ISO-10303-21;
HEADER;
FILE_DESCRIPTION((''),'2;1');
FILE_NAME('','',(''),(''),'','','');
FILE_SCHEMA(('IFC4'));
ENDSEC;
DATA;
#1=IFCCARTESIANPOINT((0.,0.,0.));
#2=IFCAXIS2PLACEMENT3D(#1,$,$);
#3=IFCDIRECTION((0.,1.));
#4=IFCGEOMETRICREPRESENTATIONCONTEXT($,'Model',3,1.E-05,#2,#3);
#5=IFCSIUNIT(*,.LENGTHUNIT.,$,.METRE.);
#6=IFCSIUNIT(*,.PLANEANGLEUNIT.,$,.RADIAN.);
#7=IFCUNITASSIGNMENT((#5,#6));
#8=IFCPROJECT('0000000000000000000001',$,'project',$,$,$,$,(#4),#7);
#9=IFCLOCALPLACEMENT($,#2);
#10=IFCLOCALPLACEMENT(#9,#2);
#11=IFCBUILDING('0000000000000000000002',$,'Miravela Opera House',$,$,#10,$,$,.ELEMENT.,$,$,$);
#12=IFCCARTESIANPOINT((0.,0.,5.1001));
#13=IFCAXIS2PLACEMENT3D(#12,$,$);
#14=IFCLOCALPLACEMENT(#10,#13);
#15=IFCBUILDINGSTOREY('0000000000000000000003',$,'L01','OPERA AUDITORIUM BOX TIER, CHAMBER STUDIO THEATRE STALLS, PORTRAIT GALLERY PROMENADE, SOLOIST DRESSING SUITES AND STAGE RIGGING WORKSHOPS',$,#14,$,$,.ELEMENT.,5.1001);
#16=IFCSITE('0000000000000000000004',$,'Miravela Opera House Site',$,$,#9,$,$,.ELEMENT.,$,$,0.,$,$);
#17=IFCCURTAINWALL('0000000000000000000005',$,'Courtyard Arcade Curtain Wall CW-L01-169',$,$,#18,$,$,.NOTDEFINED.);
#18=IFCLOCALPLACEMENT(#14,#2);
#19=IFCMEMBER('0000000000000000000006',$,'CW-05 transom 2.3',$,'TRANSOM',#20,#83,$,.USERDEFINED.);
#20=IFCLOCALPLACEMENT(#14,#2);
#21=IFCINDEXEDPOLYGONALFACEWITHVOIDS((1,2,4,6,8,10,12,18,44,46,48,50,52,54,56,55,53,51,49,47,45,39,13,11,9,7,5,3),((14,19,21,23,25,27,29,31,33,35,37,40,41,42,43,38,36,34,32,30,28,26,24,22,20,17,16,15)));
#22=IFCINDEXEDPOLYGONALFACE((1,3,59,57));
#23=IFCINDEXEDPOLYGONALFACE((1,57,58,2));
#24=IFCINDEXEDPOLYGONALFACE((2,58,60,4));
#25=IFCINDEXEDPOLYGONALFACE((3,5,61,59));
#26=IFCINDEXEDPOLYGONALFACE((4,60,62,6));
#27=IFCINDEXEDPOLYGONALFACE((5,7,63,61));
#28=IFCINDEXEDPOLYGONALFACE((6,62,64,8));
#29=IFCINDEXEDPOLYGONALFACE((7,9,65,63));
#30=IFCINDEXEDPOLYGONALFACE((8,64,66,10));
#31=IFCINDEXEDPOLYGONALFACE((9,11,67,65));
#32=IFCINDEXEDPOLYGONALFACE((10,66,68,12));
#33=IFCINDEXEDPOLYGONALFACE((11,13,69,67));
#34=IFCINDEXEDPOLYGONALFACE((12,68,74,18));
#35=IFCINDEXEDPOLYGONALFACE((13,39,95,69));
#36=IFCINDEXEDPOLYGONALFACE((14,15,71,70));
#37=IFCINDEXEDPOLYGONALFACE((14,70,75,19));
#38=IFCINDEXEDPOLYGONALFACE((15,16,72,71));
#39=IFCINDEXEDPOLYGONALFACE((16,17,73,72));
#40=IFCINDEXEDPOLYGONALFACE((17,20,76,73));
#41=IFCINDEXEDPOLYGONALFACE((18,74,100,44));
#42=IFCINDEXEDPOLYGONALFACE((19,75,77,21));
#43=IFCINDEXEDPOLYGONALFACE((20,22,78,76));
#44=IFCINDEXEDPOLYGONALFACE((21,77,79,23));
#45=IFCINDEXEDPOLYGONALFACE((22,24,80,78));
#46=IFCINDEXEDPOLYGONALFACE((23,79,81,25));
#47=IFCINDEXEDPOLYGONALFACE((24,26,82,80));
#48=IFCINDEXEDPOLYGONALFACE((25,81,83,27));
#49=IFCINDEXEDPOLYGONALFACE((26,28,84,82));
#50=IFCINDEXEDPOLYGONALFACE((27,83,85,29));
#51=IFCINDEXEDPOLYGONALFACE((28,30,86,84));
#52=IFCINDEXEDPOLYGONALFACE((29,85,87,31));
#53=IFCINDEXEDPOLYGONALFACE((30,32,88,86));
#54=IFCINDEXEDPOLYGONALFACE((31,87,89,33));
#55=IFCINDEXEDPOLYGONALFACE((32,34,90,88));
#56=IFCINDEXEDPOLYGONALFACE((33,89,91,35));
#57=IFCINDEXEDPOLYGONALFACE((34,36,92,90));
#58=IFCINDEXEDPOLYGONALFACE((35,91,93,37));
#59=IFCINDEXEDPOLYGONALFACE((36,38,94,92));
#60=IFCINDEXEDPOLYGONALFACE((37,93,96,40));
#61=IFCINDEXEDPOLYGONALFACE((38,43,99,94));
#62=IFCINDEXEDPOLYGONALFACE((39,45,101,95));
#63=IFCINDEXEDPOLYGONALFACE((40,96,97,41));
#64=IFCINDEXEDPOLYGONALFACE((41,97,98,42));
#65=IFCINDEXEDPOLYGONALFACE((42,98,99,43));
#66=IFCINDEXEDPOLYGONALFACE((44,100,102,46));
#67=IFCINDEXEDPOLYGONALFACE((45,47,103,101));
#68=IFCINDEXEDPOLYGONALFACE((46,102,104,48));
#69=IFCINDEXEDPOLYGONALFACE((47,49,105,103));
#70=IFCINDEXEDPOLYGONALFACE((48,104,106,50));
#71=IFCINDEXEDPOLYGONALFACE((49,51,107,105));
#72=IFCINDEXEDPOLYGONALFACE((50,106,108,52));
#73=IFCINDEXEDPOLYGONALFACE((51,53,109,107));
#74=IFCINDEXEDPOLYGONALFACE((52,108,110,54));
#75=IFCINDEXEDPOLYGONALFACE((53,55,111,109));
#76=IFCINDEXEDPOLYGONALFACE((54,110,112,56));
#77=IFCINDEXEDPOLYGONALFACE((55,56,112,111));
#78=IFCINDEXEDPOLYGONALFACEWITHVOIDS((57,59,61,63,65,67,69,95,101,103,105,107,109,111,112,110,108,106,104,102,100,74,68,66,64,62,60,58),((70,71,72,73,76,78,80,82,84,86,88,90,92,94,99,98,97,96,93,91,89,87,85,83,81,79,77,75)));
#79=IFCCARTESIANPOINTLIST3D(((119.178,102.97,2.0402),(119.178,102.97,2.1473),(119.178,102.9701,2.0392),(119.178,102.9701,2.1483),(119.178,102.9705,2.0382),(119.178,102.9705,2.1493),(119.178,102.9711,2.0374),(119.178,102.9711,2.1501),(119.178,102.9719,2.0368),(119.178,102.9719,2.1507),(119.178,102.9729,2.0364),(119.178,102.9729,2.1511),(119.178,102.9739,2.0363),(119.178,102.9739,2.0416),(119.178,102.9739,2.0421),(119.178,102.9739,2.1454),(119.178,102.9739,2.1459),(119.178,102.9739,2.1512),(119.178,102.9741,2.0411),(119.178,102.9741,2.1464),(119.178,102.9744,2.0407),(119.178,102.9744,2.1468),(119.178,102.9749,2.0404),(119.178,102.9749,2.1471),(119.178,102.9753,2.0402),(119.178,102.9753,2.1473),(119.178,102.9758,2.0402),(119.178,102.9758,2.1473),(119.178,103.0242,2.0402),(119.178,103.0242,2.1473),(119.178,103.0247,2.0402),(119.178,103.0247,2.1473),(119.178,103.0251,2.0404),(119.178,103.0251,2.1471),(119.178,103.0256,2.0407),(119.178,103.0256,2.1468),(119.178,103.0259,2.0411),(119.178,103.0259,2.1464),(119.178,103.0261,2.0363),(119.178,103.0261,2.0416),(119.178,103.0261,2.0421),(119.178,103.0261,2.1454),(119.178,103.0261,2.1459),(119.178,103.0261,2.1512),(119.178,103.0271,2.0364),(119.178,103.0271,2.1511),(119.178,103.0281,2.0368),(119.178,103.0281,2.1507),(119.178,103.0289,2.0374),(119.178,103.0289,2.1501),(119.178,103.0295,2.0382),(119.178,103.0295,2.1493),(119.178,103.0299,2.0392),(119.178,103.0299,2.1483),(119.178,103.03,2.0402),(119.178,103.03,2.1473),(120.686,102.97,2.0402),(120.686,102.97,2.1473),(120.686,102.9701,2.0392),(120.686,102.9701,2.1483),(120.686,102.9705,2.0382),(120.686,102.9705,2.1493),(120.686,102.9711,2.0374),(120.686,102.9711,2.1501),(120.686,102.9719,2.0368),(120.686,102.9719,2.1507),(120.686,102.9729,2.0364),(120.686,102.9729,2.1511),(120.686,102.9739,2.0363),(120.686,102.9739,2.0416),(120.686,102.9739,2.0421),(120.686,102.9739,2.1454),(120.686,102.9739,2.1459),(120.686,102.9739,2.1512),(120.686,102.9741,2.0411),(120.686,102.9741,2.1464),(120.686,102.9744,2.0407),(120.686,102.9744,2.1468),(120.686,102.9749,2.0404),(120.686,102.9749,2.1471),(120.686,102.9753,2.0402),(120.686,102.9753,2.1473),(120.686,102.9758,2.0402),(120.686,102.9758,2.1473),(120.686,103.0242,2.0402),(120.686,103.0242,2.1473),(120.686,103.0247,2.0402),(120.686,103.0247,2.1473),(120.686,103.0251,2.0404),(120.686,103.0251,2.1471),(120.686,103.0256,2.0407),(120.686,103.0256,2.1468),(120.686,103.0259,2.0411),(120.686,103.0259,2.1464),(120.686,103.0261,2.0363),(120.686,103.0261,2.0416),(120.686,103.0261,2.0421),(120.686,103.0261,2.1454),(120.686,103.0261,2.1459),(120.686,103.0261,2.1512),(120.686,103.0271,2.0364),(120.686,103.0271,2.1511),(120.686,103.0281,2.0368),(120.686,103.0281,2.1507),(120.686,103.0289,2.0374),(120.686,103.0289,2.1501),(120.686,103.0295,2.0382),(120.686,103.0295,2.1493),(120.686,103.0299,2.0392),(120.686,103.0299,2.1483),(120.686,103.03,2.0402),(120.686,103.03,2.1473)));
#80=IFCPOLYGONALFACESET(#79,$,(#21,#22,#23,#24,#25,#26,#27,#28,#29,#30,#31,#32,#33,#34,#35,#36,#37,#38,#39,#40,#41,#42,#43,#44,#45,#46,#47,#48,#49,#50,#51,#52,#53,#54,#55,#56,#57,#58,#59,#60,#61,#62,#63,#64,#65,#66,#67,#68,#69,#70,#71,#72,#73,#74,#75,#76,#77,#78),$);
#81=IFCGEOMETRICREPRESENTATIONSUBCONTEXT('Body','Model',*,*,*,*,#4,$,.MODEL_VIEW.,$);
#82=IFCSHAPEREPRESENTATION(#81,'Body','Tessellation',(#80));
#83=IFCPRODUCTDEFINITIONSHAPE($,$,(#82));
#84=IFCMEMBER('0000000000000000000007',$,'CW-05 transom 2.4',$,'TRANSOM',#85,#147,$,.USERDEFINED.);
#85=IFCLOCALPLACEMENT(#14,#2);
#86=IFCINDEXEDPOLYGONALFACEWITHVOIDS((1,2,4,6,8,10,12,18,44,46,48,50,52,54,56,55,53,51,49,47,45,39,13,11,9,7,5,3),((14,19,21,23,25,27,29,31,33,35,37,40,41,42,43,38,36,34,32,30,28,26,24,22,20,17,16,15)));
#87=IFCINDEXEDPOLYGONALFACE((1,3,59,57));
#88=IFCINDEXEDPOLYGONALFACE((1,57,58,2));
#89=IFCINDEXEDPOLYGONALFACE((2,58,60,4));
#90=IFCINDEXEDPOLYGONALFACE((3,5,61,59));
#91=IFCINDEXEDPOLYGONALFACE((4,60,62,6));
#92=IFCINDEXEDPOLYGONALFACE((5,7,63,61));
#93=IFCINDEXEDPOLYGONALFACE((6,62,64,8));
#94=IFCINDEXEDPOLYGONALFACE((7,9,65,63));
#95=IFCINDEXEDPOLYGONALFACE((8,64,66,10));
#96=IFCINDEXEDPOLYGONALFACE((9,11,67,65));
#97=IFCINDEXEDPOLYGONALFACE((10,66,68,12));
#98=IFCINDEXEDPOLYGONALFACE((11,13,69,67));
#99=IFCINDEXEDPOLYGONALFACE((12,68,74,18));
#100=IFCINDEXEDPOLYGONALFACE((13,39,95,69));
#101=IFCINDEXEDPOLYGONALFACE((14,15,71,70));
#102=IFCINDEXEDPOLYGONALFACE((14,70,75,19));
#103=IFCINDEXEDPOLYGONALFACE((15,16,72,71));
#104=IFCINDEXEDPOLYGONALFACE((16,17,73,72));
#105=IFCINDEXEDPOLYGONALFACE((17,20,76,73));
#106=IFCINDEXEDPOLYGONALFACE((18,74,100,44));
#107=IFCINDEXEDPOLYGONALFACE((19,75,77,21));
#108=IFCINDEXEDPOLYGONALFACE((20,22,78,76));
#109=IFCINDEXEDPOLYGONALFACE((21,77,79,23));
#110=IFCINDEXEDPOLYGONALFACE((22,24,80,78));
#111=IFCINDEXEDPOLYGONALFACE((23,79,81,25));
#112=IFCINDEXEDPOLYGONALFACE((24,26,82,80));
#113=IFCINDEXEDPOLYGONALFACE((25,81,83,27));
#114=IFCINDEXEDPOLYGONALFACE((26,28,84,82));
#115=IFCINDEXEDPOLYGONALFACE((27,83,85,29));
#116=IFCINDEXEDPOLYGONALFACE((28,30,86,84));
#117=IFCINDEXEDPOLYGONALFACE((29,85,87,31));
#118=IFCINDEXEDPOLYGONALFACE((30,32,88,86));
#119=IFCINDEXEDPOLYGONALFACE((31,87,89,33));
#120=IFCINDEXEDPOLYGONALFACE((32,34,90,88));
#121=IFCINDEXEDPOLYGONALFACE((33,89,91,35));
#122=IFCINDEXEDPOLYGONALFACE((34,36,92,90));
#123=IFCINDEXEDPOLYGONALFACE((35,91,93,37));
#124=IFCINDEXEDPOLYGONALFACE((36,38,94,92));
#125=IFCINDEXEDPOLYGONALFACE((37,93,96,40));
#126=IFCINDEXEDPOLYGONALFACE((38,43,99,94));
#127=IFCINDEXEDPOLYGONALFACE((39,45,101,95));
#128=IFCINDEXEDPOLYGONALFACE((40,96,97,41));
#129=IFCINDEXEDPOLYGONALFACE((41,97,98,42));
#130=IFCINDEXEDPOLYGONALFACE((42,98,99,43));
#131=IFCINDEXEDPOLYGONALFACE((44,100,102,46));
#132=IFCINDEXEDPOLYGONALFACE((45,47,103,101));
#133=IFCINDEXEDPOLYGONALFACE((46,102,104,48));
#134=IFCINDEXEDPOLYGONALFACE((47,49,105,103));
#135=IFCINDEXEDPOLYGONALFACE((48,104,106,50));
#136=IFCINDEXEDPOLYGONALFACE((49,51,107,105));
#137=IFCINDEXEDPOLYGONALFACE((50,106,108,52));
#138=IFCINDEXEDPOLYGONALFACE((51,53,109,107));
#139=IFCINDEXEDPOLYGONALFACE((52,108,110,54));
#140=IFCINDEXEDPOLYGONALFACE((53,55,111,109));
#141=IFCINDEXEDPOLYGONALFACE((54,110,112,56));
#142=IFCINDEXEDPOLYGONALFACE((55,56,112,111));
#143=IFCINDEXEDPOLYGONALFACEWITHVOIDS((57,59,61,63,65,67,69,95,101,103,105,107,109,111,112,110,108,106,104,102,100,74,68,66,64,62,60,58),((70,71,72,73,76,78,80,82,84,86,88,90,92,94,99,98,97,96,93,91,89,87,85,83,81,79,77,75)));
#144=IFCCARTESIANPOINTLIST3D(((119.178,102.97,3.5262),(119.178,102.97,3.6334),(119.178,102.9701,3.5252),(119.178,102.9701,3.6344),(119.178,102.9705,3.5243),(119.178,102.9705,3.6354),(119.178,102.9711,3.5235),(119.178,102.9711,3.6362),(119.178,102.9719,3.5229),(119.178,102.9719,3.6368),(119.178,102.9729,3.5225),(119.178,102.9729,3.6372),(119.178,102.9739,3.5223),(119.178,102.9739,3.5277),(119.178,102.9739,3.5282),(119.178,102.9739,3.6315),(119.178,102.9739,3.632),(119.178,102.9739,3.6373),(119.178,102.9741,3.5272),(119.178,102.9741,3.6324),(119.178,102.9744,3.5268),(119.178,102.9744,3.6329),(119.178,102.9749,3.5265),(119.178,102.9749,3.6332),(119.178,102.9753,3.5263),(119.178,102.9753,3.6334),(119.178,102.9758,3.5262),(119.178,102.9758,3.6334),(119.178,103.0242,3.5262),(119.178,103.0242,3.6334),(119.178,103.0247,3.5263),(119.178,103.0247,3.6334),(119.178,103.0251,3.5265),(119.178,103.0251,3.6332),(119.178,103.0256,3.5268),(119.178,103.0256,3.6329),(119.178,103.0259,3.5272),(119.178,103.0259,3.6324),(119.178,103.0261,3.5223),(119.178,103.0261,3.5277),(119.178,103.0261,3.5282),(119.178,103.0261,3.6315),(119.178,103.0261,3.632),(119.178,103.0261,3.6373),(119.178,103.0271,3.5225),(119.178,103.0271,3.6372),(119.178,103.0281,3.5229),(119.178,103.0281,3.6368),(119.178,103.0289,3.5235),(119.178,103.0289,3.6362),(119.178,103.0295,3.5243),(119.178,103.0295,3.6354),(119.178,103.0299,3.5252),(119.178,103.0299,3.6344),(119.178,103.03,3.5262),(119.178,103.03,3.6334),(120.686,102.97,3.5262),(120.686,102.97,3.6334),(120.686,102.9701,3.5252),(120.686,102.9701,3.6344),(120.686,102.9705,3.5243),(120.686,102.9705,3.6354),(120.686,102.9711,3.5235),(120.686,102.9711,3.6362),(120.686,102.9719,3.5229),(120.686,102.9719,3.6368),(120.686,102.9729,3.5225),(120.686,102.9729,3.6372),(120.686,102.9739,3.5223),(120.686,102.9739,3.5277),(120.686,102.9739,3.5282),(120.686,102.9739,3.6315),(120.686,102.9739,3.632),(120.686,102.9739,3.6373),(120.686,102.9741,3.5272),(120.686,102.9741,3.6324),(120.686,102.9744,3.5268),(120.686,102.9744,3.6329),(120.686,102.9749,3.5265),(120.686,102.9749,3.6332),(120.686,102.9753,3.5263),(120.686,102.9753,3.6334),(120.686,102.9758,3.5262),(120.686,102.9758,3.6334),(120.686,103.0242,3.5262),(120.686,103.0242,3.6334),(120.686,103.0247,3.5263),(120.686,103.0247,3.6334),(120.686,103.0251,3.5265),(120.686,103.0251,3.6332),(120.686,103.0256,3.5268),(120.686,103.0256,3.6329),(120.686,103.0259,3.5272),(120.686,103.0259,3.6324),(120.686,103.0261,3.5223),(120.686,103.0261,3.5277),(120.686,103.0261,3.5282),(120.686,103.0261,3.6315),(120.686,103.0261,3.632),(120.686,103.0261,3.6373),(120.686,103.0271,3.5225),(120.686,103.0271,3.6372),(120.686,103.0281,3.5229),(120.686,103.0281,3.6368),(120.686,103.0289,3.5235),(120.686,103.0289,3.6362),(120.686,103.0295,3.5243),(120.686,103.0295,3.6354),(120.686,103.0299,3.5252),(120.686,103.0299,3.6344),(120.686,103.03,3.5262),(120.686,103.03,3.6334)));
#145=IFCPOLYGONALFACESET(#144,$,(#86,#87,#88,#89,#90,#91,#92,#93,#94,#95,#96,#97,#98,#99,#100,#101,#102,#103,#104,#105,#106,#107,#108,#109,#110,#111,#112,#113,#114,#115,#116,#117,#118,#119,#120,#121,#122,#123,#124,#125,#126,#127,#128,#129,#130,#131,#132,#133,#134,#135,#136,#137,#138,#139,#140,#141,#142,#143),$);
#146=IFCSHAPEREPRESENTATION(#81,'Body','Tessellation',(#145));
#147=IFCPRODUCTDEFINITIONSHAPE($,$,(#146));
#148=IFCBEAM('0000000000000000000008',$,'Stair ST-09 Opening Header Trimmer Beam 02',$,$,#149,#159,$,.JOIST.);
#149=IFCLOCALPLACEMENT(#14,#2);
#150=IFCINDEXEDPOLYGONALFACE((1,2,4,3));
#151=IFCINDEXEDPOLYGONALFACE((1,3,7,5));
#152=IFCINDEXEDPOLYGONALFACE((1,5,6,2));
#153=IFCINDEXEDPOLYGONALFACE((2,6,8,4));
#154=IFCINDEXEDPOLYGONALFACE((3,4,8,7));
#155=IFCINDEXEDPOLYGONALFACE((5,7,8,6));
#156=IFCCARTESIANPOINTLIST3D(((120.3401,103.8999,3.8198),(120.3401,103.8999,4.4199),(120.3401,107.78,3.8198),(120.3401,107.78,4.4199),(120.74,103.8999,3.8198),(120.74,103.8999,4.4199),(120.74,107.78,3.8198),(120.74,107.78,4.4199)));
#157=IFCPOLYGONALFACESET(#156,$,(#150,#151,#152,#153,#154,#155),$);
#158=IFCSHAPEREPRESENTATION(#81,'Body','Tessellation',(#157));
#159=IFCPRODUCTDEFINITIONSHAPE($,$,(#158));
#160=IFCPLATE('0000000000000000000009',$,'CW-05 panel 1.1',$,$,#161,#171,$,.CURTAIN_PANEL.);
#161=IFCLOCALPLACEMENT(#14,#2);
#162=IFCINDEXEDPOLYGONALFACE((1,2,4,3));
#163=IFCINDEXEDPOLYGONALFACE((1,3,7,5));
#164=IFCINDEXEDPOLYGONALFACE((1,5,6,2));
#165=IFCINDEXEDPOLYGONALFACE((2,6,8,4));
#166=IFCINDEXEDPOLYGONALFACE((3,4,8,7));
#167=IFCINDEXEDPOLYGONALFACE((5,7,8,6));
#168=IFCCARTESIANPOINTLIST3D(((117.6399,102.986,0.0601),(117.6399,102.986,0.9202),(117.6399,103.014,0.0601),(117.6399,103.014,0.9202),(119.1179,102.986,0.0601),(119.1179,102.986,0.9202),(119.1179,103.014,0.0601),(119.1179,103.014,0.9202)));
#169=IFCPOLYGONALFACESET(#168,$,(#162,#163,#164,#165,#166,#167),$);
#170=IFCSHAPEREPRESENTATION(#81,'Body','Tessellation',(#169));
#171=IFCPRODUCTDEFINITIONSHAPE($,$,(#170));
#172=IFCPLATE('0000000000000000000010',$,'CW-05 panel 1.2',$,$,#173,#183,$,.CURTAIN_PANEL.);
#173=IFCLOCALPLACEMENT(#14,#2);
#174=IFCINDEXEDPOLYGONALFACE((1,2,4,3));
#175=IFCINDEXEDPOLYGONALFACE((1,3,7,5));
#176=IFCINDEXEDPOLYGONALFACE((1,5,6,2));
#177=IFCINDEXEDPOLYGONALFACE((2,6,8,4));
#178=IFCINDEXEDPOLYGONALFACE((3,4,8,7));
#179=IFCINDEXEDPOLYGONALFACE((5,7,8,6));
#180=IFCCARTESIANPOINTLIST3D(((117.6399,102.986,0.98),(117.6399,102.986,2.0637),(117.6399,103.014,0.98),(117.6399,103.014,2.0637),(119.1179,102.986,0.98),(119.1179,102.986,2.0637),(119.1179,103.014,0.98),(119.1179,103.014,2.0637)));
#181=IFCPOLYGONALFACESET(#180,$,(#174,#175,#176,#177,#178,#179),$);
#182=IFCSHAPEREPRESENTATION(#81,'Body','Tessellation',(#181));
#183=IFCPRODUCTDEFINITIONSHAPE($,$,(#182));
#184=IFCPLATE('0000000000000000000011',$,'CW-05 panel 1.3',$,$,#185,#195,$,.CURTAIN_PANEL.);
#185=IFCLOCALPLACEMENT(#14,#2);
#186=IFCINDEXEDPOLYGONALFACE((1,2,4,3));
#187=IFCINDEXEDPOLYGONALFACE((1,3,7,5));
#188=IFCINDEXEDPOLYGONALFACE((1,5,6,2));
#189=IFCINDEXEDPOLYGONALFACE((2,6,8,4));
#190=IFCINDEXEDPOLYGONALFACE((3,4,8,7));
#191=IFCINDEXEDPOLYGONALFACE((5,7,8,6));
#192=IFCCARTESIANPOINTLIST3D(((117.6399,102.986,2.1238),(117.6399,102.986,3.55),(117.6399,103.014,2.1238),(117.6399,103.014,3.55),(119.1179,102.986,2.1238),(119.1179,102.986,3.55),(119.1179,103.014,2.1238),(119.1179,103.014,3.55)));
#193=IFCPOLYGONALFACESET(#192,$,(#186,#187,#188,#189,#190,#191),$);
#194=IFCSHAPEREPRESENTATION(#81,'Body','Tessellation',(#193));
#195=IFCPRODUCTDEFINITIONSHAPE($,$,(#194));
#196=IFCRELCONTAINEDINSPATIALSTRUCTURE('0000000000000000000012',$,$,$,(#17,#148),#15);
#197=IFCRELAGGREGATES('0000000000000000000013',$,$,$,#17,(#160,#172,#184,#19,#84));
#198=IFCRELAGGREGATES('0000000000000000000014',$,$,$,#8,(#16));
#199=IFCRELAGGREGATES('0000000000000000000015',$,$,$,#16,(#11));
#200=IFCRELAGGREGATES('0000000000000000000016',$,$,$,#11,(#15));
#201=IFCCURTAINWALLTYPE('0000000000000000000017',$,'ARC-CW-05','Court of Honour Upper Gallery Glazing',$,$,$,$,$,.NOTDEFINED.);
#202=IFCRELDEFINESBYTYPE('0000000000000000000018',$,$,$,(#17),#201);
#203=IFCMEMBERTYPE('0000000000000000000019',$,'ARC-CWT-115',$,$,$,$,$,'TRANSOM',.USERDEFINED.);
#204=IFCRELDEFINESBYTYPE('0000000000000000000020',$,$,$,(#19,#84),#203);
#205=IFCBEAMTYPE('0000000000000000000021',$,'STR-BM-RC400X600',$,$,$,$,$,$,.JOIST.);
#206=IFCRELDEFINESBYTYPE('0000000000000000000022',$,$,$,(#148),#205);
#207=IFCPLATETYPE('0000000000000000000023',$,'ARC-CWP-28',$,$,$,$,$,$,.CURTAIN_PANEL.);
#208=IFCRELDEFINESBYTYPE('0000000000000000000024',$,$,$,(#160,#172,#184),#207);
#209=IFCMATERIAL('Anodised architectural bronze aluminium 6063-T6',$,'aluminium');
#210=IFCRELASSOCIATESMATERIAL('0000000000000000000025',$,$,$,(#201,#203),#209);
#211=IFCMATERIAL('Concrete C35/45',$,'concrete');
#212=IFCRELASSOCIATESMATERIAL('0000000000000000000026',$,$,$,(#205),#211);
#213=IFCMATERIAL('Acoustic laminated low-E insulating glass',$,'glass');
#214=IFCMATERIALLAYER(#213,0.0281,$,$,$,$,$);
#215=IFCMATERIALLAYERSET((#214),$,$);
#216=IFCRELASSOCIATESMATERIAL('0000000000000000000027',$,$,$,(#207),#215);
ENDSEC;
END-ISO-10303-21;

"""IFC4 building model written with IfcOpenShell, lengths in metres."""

from ifc_helpers import new_model, si_unit, direction, frame, origin, origin_2d, place, context, subcontext, project, spatial, rectangle, hollow_rectangle, extrude, material, layer, layer_set, material_profile, profile_set, type_object, element, aggregate, save


model = new_model("IFC4")

# Units and contexts
model_context = context("Model", 3, precision=1e-05, world=origin(), true_north=direction((0.0, 1.0)))
body_context = subcontext(model_context, "Body", "Model", "MODEL_VIEW")
ifc_project = project(units=[si_unit("LENGTHUNIT", "METRE"), si_unit("PLANEANGLEUNIT", "RADIAN")], contexts=[model_context])

# Site, building, storey
site_placement = place(None, origin())
site = spatial("IfcSite", under=ifc_project, at=site_placement, Name="Miravela Opera House Site", CompositionType="ELEMENT", RefElevation=0.0)
building_placement = place(site_placement, origin())
building = spatial("IfcBuilding", under=site, at=building_placement, Name="Miravela Opera House", CompositionType="ELEMENT")
storey_placement = place(building_placement, frame((0.0, 0.0, 5.1001)))
storey = spatial("IfcBuildingStorey", under=building, at=storey_placement, Name="L01", Description="OPERA AUDITORIUM BOX TIER, CHAMBER STUDIO THEATRE STALLS, PORTRAIT GALLERY PROMENADE, SOLOIST DRESSING SUITES AND STAGE RIGGING WORKSHOPS", CompositionType="ELEMENT", Elevation=5.1001)

# Curtain wall, members
ifc_material_1 = material(Name="Anodised architectural bronze aluminium 6063-T6", Category="aluminium")
curtain_wall_type = type_object("IfcCurtainWallType", Name="ARC-CW-05", Description="Court of Honour Upper Gallery Glazing", PredefinedType="NOTDEFINED", material=ifc_material_1)
curtain_wall_placement = place(storey_placement, origin())
curtain_wall = element("IfcCurtainWall", 1, at=curtain_wall_placement, inside=storey, type_object=curtain_wall_type, Name="Courtyard Arcade Curtain Wall CW-L01-169", PredefinedType="NOTDEFINED")
ifc_material_profile_1 = material_profile(ifc_material_1, hollow_rectangle(XDim=0.0601, YDim=0.115, WallThickness=0.0039, InnerFilletRadius=0.002, OuterFilletRadius=0.0039, at=origin_2d()), Name="CWT-60X115")
ifc_profile_set_1 = profile_set([ifc_material_profile_1])
member_type_1 = type_object("IfcMemberType", Name="ARC-CWT-115", ElementType="TRANSOM", PredefinedType="USERDEFINED", material=ifc_profile_set_1)
member_1_placement = place(storey_placement, frame((119.178, 103.0, 2.0938), z_axis=(1.0, 0.0, 0.0), x_axis=(0.0, 1.0, 0.0)))
member_1 = element("IfcMember", 2, at=member_1_placement, type_object=member_type_1, Name="CW-05 transom 2.3", ObjectType="TRANSOM", PredefinedType="USERDEFINED", context=body_context, shape_type="SweptSolid", body=[
    extrude(hollow_rectangle(XDim=0.0601, YDim=0.115, WallThickness=0.0039, InnerFilletRadius=0.002, OuterFilletRadius=0.0039, at=origin_2d()), origin(), (0.0, 0.0, 1.0), 1.5081),
])
member_2_placement = place(storey_placement, frame((119.178, 103.0, 3.5798), z_axis=(1.0, 0.0, 0.0), x_axis=(0.0, 1.0, 0.0)))
member_2 = element("IfcMember", 3, at=member_2_placement, type_object=member_type_1, Name="CW-05 transom 2.4", ObjectType="TRANSOM", PredefinedType="USERDEFINED", context=body_context, shape_type="SweptSolid", body=[
    extrude(hollow_rectangle(XDim=0.0601, YDim=0.115, WallThickness=0.0039, InnerFilletRadius=0.002, OuterFilletRadius=0.0039, at=origin_2d()), origin(), (0.0, 0.0, 1.0), 1.5081),
])

# Beam
ifc_material_2 = material(Name="Concrete C35/45", Category="concrete")
ifc_material_profile_2 = material_profile(ifc_material_2, rectangle(XDim=0.3999, YDim=0.6001, at=origin_2d()), Name="RC-BM-400X600")
ifc_profile_set_2 = profile_set([ifc_material_profile_2])
beam_type = type_object("IfcBeamType", Name="STR-BM-RC400X600", PredefinedType="JOIST", material=ifc_profile_set_2)
beam_placement = place(storey_placement, frame((120.54, 103.8999, 4.1199), z_axis=(0.0, 1.0, 0.0), x_axis=(-1.0, 0.0, 0.0)))
element("IfcBeam", 4, at=beam_placement, inside=storey, type_object=beam_type, Name="Stair ST-09 Opening Header Trimmer Beam 02", PredefinedType="JOIST", context=body_context, shape_type="SweptSolid", body=[
    extrude(rectangle(XDim=0.3999, YDim=0.6001, at=origin_2d()), origin(), (0.0, 0.0, 1.0), 3.8801),
])

# Plates
ifc_material_3 = material(Name="Acoustic laminated low-E insulating glass", Category="glass")
ifc_layer_1 = layer(ifc_material_3, 0.0281)
ifc_layer_set_1 = layer_set([ifc_layer_1])
plate_type = type_object("IfcPlateType", Name="ARC-CWP-28", PredefinedType="CURTAIN_PANEL", material=ifc_layer_set_1)
plate_1_placement = place(storey_placement, frame((118.3789, 103.0, 0.0601), z_axis=(0.0, 0.0, 1.0), x_axis=(1.0, 0.0, 0.0)))
plate_1 = element("IfcPlate", 5, at=plate_1_placement, type_object=plate_type, Name="CW-05 panel 1.1", PredefinedType="CURTAIN_PANEL", context=body_context, shape_type="SweptSolid", body=[
    extrude(rectangle(XDim=1.478, YDim=0.0281, at=origin_2d()), origin(), (0.0, 0.0, 1.0), 0.8601),
])
plate_2_placement = place(storey_placement, frame((118.3789, 103.0, 0.98), z_axis=(0.0, 0.0, 1.0), x_axis=(1.0, 0.0, 0.0)))
plate_2 = element("IfcPlate", 6, at=plate_2_placement, type_object=plate_type, Name="CW-05 panel 1.2", PredefinedType="CURTAIN_PANEL", context=body_context, shape_type="SweptSolid", body=[
    extrude(rectangle(XDim=1.478, YDim=0.0281, at=origin_2d()), origin(), (0.0, 0.0, 1.0), 1.0837),
])
plate_3_placement = place(storey_placement, frame((118.3789, 103.0, 2.1238), z_axis=(0.0, 0.0, 1.0), x_axis=(1.0, 0.0, 0.0)))
plate_3 = element("IfcPlate", 7, at=plate_3_placement, type_object=plate_type, Name="CW-05 panel 1.3", PredefinedType="CURTAIN_PANEL", context=body_context, shape_type="SweptSolid", body=[
    extrude(rectangle(XDim=1.478, YDim=0.0281, at=origin_2d()), origin(), (0.0, 0.0, 1.0), 1.4263),
])
aggregate(curtain_wall, [plate_1, plate_2, plate_3, member_1, member_2])

save(model, "model.ifc")
